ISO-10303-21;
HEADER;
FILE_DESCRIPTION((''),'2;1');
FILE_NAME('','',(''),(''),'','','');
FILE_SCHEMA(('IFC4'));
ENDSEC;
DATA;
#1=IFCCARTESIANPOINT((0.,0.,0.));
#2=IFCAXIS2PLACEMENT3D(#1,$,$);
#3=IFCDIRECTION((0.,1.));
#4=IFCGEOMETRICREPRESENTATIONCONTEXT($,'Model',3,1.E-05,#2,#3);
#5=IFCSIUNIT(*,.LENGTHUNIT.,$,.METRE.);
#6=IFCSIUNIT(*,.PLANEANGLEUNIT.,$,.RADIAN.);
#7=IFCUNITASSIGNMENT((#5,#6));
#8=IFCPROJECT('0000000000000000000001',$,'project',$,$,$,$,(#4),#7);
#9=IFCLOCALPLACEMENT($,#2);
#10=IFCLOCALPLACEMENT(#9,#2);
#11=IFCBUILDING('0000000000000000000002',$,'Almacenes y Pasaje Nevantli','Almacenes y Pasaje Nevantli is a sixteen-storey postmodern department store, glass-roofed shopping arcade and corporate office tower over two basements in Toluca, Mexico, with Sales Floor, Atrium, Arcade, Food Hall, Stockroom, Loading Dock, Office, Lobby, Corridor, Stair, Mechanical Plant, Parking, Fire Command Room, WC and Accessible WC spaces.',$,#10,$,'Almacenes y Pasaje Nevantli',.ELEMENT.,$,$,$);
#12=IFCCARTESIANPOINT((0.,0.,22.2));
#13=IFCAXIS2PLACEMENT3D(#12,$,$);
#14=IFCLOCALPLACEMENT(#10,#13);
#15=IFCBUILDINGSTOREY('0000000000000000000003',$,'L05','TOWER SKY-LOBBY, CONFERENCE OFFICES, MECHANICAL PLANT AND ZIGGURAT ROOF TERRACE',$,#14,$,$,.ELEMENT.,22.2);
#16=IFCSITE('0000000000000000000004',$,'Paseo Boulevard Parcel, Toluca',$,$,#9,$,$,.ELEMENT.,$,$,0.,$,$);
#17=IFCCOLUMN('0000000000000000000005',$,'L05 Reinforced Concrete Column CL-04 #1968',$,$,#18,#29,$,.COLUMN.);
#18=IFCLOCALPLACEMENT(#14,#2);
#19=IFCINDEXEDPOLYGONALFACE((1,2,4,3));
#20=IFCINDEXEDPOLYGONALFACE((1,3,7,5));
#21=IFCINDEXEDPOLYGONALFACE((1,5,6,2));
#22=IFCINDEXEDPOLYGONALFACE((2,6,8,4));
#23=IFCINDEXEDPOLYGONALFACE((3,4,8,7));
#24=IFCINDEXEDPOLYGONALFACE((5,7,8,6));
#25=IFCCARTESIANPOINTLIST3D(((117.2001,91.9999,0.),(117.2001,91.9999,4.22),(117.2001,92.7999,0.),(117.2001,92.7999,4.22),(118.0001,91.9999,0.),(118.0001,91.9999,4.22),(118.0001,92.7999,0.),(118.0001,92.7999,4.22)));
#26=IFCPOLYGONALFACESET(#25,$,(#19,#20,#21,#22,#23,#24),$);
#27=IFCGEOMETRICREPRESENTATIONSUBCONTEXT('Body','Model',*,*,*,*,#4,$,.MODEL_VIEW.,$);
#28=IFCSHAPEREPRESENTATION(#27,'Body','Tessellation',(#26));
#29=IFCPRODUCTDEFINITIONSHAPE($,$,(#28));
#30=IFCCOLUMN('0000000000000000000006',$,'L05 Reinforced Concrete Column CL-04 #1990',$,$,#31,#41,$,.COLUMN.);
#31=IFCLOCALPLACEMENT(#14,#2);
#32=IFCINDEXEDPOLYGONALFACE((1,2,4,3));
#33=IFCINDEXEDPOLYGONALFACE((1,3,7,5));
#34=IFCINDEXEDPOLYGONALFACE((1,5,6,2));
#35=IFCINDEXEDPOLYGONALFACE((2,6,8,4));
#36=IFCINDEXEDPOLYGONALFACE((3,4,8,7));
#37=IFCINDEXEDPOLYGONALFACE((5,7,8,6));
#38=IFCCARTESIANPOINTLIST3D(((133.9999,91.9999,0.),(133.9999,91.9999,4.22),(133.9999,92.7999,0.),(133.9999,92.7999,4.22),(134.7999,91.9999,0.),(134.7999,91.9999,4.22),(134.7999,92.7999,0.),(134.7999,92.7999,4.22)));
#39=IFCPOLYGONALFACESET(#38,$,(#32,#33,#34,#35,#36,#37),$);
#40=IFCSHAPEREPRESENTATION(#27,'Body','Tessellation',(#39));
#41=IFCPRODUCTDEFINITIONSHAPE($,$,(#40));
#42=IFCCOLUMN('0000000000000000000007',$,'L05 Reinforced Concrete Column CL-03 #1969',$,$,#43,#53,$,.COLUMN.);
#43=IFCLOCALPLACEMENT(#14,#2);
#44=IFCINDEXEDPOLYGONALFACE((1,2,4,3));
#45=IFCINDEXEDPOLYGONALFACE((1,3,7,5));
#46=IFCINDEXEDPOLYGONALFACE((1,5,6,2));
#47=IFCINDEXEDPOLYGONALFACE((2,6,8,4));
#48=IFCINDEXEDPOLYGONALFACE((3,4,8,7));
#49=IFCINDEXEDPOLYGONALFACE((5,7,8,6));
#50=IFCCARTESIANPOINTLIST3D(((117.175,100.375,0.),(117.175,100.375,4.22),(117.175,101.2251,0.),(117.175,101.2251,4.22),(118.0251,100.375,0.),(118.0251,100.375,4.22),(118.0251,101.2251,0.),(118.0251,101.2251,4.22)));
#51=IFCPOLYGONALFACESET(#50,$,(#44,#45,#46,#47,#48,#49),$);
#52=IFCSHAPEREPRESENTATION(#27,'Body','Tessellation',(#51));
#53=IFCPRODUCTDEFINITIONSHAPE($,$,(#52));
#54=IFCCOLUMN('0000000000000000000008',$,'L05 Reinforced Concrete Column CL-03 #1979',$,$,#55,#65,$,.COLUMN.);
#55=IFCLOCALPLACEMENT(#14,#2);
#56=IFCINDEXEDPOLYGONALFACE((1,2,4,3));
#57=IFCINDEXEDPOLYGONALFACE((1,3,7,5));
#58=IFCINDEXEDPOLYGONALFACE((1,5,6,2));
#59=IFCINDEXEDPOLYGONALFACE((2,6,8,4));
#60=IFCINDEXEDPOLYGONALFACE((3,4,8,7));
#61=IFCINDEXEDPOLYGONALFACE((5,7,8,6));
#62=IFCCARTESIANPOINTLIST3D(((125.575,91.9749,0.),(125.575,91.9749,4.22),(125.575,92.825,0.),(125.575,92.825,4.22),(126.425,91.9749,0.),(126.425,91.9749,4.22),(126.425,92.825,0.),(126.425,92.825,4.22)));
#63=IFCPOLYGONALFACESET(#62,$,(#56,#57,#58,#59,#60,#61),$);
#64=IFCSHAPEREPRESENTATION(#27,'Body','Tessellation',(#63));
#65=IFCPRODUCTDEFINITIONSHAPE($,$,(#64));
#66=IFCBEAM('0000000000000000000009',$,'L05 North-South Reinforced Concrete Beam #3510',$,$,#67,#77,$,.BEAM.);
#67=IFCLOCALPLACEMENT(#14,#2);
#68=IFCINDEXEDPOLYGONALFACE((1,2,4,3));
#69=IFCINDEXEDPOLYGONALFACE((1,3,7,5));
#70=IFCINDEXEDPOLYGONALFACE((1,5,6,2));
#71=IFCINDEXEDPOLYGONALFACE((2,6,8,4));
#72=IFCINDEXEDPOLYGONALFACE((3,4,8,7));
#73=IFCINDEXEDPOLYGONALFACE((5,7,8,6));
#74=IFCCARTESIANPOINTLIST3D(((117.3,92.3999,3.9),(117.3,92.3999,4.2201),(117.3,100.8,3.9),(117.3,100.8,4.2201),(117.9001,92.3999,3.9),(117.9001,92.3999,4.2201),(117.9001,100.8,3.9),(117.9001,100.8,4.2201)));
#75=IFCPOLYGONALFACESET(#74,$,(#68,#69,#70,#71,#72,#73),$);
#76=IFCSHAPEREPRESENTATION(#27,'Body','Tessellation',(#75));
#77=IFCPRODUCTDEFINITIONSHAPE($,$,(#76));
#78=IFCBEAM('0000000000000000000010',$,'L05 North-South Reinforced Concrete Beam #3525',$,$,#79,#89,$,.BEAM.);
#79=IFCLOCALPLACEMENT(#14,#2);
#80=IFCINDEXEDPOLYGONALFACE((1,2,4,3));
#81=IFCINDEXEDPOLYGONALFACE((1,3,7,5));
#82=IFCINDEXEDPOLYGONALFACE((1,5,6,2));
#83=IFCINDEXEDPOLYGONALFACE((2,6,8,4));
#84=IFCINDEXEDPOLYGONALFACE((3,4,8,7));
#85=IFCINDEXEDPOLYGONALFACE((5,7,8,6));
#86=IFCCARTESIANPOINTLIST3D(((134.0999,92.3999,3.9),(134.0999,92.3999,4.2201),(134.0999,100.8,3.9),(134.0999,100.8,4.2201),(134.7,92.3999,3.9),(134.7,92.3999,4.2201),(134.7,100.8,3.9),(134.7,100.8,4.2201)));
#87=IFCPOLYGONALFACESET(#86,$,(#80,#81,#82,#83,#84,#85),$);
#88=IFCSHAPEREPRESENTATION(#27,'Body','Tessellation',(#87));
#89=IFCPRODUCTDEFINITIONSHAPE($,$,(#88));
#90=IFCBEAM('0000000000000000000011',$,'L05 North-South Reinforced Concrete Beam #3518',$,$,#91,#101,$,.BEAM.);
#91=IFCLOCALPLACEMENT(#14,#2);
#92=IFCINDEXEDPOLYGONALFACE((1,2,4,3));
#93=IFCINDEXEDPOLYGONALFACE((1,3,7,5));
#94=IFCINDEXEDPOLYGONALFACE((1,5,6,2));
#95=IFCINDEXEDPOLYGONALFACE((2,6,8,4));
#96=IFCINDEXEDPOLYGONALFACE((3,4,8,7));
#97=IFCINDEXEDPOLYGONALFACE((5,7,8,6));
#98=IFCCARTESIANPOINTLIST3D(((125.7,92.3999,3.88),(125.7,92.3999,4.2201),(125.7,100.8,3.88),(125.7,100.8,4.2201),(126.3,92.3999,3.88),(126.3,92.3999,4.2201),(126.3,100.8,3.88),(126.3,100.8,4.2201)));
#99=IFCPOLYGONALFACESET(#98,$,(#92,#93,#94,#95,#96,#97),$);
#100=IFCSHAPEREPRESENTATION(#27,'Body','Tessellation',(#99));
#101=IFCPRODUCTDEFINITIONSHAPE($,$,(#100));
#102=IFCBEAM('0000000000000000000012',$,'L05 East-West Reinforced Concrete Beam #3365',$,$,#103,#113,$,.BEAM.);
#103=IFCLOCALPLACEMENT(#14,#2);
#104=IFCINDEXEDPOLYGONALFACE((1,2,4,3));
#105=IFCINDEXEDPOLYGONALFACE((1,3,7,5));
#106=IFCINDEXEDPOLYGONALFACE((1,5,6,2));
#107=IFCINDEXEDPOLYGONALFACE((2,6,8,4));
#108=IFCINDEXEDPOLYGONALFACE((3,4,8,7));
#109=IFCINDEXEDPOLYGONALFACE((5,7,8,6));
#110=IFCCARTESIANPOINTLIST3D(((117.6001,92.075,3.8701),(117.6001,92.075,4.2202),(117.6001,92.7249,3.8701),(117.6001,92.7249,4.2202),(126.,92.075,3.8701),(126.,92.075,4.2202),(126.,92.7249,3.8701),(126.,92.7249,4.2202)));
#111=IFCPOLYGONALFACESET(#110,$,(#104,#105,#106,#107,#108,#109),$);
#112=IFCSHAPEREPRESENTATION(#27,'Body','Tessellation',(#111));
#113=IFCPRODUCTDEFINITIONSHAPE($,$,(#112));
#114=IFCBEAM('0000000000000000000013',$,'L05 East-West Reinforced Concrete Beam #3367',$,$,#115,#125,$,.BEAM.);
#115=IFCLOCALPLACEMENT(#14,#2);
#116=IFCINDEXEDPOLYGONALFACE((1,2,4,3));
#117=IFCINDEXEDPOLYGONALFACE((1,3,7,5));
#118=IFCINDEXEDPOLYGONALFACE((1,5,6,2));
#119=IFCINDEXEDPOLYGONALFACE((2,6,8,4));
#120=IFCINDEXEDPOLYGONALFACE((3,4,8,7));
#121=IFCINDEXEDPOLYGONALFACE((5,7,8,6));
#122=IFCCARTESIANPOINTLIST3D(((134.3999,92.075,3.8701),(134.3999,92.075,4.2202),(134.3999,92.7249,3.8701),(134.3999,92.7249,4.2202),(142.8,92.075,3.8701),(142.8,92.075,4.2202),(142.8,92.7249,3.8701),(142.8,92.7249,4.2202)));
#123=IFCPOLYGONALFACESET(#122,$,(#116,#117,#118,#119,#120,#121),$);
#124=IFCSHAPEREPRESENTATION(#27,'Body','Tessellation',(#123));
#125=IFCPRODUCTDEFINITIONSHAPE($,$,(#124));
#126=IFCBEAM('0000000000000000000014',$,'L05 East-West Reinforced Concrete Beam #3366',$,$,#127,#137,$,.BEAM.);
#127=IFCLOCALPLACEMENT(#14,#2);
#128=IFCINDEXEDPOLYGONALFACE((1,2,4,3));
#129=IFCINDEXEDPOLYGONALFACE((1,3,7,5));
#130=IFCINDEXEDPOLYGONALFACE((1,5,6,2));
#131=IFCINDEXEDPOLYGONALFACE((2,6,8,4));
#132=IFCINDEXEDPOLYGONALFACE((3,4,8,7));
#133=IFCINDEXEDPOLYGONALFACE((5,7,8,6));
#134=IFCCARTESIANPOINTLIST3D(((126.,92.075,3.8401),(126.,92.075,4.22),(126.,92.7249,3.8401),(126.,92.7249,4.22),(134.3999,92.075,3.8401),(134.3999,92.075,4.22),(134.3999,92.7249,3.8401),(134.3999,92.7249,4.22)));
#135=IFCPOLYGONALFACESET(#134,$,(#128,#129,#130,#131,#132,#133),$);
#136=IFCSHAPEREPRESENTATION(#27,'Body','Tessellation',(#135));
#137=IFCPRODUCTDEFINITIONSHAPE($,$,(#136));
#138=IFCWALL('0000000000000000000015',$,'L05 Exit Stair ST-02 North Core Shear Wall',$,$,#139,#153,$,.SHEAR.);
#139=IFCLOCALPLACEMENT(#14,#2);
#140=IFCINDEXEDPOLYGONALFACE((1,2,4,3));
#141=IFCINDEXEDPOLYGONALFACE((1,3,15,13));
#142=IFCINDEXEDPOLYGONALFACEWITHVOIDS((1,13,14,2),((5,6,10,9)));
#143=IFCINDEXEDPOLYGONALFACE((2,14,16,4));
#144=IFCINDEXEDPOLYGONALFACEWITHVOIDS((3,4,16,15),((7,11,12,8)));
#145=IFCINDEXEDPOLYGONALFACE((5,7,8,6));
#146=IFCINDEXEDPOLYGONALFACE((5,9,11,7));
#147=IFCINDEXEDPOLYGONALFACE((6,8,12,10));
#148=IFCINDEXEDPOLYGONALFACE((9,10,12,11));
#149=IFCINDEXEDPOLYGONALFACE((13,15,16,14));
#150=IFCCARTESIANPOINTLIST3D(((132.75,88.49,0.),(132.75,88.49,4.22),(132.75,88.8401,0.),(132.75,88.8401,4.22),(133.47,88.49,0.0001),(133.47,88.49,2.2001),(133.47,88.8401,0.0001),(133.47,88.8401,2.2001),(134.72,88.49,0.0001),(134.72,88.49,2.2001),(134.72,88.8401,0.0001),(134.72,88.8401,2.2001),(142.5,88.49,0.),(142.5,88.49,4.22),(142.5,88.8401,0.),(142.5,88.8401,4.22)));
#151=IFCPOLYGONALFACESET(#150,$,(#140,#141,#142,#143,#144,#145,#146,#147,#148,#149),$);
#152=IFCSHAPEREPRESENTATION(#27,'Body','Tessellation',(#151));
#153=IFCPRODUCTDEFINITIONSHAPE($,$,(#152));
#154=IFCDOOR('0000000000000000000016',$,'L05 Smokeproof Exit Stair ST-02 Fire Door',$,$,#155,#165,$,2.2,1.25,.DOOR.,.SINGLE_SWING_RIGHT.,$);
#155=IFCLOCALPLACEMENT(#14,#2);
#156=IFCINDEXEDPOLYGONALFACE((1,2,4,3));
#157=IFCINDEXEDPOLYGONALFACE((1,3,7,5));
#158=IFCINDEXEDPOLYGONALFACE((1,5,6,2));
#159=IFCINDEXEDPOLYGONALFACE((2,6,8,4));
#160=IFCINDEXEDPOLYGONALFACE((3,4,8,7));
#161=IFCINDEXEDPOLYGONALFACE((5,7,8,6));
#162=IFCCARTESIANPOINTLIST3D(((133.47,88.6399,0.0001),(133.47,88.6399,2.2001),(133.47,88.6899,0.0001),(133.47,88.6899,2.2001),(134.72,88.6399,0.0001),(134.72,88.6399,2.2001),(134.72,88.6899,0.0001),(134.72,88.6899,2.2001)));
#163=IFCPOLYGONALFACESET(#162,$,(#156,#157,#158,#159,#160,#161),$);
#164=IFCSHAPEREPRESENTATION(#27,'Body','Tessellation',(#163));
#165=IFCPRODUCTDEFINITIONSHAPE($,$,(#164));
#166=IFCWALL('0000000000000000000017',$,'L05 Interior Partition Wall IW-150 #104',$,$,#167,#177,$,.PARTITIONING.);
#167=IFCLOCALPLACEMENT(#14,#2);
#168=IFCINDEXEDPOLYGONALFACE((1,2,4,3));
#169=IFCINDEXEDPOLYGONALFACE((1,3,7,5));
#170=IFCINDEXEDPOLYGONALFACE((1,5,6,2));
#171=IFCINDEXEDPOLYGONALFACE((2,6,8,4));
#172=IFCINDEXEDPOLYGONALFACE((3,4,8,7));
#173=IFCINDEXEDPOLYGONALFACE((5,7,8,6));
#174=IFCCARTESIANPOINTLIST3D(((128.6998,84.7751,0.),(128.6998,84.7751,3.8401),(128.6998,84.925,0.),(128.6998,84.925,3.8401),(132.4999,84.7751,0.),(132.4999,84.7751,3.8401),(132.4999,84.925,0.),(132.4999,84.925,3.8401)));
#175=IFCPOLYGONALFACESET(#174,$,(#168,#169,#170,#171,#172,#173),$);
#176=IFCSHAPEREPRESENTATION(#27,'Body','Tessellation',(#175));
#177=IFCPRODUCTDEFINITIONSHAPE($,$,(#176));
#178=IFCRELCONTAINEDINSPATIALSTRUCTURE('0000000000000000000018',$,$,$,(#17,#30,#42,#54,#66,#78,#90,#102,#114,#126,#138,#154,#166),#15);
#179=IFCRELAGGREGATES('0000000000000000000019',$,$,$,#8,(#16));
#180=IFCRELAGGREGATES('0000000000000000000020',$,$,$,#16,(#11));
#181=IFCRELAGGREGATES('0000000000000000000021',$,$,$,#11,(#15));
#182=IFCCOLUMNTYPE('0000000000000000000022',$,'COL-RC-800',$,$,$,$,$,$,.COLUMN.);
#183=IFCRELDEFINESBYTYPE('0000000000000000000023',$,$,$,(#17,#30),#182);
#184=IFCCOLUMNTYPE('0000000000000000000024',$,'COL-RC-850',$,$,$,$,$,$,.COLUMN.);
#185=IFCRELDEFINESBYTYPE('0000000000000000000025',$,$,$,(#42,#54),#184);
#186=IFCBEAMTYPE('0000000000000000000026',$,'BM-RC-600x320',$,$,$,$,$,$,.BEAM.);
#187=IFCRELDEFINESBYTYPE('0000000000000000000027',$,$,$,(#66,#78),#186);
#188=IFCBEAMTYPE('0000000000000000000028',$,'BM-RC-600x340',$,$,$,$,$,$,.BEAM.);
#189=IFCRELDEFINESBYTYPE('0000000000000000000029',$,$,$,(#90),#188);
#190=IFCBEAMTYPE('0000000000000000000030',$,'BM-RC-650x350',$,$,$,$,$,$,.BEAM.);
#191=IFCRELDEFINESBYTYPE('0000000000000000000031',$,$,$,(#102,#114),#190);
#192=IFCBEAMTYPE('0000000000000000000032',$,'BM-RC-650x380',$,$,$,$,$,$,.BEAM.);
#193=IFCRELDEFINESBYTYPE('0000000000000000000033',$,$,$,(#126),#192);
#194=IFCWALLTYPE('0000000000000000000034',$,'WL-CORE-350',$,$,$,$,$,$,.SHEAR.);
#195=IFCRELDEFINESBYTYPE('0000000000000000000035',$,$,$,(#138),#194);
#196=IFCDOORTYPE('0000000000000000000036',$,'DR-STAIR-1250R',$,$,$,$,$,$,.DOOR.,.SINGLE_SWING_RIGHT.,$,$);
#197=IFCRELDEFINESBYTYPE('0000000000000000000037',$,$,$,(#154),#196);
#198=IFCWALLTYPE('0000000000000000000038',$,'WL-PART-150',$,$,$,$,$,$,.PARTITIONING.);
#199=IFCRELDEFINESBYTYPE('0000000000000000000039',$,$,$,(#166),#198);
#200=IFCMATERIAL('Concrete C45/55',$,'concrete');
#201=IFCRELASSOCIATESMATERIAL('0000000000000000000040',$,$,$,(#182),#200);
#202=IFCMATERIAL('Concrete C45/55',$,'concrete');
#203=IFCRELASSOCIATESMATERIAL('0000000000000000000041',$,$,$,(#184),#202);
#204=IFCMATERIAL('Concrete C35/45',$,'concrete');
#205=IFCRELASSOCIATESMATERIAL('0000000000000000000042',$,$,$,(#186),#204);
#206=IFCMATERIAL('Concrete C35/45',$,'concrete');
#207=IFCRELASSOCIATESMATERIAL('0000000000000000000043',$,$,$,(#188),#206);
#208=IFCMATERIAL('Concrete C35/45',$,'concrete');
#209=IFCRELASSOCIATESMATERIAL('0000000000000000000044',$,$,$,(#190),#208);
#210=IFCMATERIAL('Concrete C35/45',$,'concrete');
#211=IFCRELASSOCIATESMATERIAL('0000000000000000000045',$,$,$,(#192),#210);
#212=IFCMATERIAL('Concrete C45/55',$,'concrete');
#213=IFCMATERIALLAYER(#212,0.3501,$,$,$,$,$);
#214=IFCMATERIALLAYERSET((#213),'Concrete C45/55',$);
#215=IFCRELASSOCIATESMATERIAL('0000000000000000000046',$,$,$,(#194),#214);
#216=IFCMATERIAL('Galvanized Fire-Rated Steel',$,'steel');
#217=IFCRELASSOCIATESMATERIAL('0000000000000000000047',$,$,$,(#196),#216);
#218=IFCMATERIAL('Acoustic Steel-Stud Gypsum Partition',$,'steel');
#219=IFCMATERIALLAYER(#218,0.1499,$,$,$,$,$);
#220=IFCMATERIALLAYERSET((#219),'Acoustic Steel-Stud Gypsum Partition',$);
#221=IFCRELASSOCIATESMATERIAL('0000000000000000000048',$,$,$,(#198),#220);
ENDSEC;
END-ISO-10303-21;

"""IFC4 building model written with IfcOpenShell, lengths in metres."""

from ifc_helpers import new_model, si_unit, direction, frame, frame_2d, origin, origin_2d, place, context, subcontext, project, spatial, rectangle, extrude, material, layer, layer_set, material_profile, profile_set, type_object, element, fill, save


model = new_model("IFC4")

# Units and contexts
model_context = context("Model", 3, precision=1e-05, world=origin(), true_north=direction((0.0, 1.0)))
body_context = subcontext(model_context, "Body", "Model", "MODEL_VIEW")
ifc_project = project(units=[si_unit("LENGTHUNIT", "METRE"), si_unit("PLANEANGLEUNIT", "RADIAN")], contexts=[model_context])

# Site, building, storey
site_placement = place(None, origin())
site = spatial("IfcSite", under=ifc_project, at=site_placement, Name="Paseo Boulevard Parcel, Toluca", CompositionType="ELEMENT", RefElevation=0.0)
building_placement = place(site_placement, origin())
building = spatial("IfcBuilding", under=site, at=building_placement, Name="Almacenes y Pasaje Nevantli", Description="Almacenes y Pasaje Nevantli is a sixteen-storey postmodern department store, glass-roofed shopping arcade and corporate office tower over two basements in Toluca, Mexico, with Sales Floor, Atrium, Arcade, Food Hall, Stockroom, Loading Dock, Office, Lobby, Corridor, Stair, Mechanical Plant, Parking, Fire Command Room, WC and Accessible WC spaces.", LongName="Almacenes y Pasaje Nevantli", CompositionType="ELEMENT")
storey_placement = place(building_placement, frame((0.0, 0.0, 22.2)))
storey = spatial("IfcBuildingStorey", under=building, at=storey_placement, Name="L05", Description="TOWER SKY-LOBBY, CONFERENCE OFFICES, MECHANICAL PLANT AND ZIGGURAT ROOF TERRACE", CompositionType="ELEMENT", Elevation=22.2)

# Columns
ifc_material_1 = material(Name="Concrete C45/55", Category="concrete")
ifc_material_profile_1 = material_profile(ifc_material_1, rectangle(XDim=0.8, YDim=0.8, at=origin_2d()), Name="RC-COL-800x800")
ifc_profile_set_1 = profile_set([ifc_material_profile_1], Name="Concrete C45/55")
column_type_1 = type_object("IfcColumnType", Name="COL-RC-800", PredefinedType="COLUMN", material=ifc_profile_set_1)
for number, where, z_axis, x_axis, name in (
    (1, (117.6001, 92.3999, 0.0), (0.0, 0.0, 1.0), (1.0, 0.0, 0.0), "L05 Reinforced Concrete Column CL-04 #1968"),
    (2, (134.3999, 92.3999, 0.0), (0.0, 0.0, 1.0), (1.0, 0.0, 0.0), "L05 Reinforced Concrete Column CL-04 #1990"),
):
    element("IfcColumn", number, at=place(storey_placement, frame(where, z_axis=z_axis, x_axis=x_axis)), inside=storey, type_object=column_type_1, Name=name, PredefinedType="COLUMN", context=body_context, shape_type="SweptSolid", body=[
        extrude(rectangle(XDim=0.8, YDim=0.8, at=origin_2d()), origin(), (0.0, 0.0, 1.0), 4.22),
    ])
ifc_material_2 = material(Name="Concrete C45/55", Category="concrete")
ifc_material_profile_2 = material_profile(ifc_material_2, rectangle(XDim=0.8501, YDim=0.8501, at=origin_2d()), Name="RC-COL-850x850")
ifc_profile_set_2 = profile_set([ifc_material_profile_2], Name="Concrete C45/55")
column_type_2 = type_object("IfcColumnType", Name="COL-RC-850", PredefinedType="COLUMN", material=ifc_profile_set_2)
for number, where, z_axis, x_axis, name in (
    (3, (117.6001, 100.8, 0.0), (0.0, 0.0, 1.0), (1.0, 0.0, 0.0), "L05 Reinforced Concrete Column CL-03 #1969"),
    (4, (126.0, 92.3999, 0.0), (0.0, 0.0, 1.0), (1.0, 0.0, 0.0), "L05 Reinforced Concrete Column CL-03 #1979"),
):
    element("IfcColumn", number, at=place(storey_placement, frame(where, z_axis=z_axis, x_axis=x_axis)), inside=storey, type_object=column_type_2, Name=name, PredefinedType="COLUMN", context=body_context, shape_type="SweptSolid", body=[
        extrude(rectangle(XDim=0.8501, YDim=0.8501, at=origin_2d()), origin(), (0.0, 0.0, 1.0), 4.22),
    ])

# Beams
ifc_material_3 = material(Name="Concrete C35/45", Category="concrete")
ifc_material_profile_3 = material_profile(ifc_material_3, rectangle(XDim=0.6001, YDim=0.3201, at=origin_2d()), Name="RC-BM-600x320")
ifc_profile_set_3 = profile_set([ifc_material_profile_3], Name="Concrete C35/45")
beam_type_1 = type_object("IfcBeamType", Name="BM-RC-600x320", PredefinedType="BEAM", material=ifc_profile_set_3)
for number, where, z_axis, x_axis, name in (
    (5, (117.6001, 92.3999, 4.0601), (0.0, 1.0, 0.0), (-1.0, 0.0, 0.0), "L05 North-South Reinforced Concrete Beam #3510"),
    (6, (134.3999, 92.3999, 4.0601), (0.0, 1.0, 0.0), (-1.0, 0.0, 0.0), "L05 North-South Reinforced Concrete Beam #3525"),
):
    element("IfcBeam", number, at=place(storey_placement, frame(where, z_axis=z_axis, x_axis=x_axis)), inside=storey, type_object=beam_type_1, Name=name, PredefinedType="BEAM", context=body_context, shape_type="SweptSolid", body=[
        extrude(rectangle(XDim=0.6001, YDim=0.3201, at=origin_2d()), origin(), (0.0, 0.0, 1.0), 8.4001),
    ])
ifc_material_4 = material(Name="Concrete C35/45", Category="concrete")
ifc_material_profile_4 = material_profile(ifc_material_4, rectangle(XDim=0.6001, YDim=0.3401, at=origin_2d()), Name="RC-BM-600x340")
ifc_profile_set_4 = profile_set([ifc_material_profile_4], Name="Concrete C35/45")
beam_type_2 = type_object("IfcBeamType", Name="BM-RC-600x340", PredefinedType="BEAM", material=ifc_profile_set_4)
beam_1_placement = place(storey_placement, frame((126.0, 92.3999, 4.05), z_axis=(0.0, 1.0, 0.0), x_axis=(-1.0, 0.0, 0.0)))
element("IfcBeam", 7, at=beam_1_placement, inside=storey, type_object=beam_type_2, Name="L05 North-South Reinforced Concrete Beam #3518", PredefinedType="BEAM", context=body_context, shape_type="SweptSolid", body=[
    extrude(rectangle(XDim=0.6001, YDim=0.3401, at=origin_2d()), origin(), (0.0, 0.0, 1.0), 8.4001),
])
ifc_material_5 = material(Name="Concrete C35/45", Category="concrete")
ifc_material_profile_5 = material_profile(ifc_material_5, rectangle(XDim=0.6499, YDim=0.3501, at=origin_2d()), Name="RC-BM-650x350")
ifc_profile_set_5 = profile_set([ifc_material_profile_5], Name="Concrete C35/45")
beam_type_3 = type_object("IfcBeamType", Name="BM-RC-650x350", PredefinedType="BEAM", material=ifc_profile_set_5)
beam_2_placement = place(storey_placement, frame((117.6001, 92.3999, 4.0452), z_axis=(1.0, 0.0, 0.0), x_axis=(0.0, 1.0, 0.0)))
element("IfcBeam", 8, at=beam_2_placement, inside=storey, type_object=beam_type_3, Name="L05 East-West Reinforced Concrete Beam #3365", PredefinedType="BEAM", context=body_context, shape_type="SweptSolid", body=[
    extrude(rectangle(XDim=0.6499, YDim=0.3501, at=origin_2d()), origin(), (0.0, 0.0, 1.0), 8.3999),
])
beam_3_placement = place(storey_placement, frame((134.3999, 92.3999, 4.0452), z_axis=(1.0, 0.0, 0.0), x_axis=(0.0, 1.0, 0.0)))
element("IfcBeam", 9, at=beam_3_placement, inside=storey, type_object=beam_type_3, Name="L05 East-West Reinforced Concrete Beam #3367", PredefinedType="BEAM", context=body_context, shape_type="SweptSolid", body=[
    extrude(rectangle(XDim=0.6499, YDim=0.3501, at=origin_2d()), origin(), (0.0, 0.0, 1.0), 8.4001),
])
ifc_material_6 = material(Name="Concrete C35/45", Category="concrete")
ifc_material_profile_6 = material_profile(ifc_material_6, rectangle(XDim=0.6499, YDim=0.3799, at=origin_2d()), Name="RC-BM-650x380")
ifc_profile_set_6 = profile_set([ifc_material_profile_6], Name="Concrete C35/45")
beam_type_4 = type_object("IfcBeamType", Name="BM-RC-650x380", PredefinedType="BEAM", material=ifc_profile_set_6)
beam_4_placement = place(storey_placement, frame((126.0, 92.3999, 4.03), z_axis=(1.0, 0.0, 0.0), x_axis=(0.0, 1.0, 0.0)))
element("IfcBeam", 10, at=beam_4_placement, inside=storey, type_object=beam_type_4, Name="L05 East-West Reinforced Concrete Beam #3366", PredefinedType="BEAM", context=body_context, shape_type="SweptSolid", body=[
    extrude(rectangle(XDim=0.6499, YDim=0.3799, at=origin_2d()), origin(), (0.0, 0.0, 1.0), 8.3999),
])

# Wall, opening, door
ifc_material_7 = material(Name="Concrete C45/55", Category="concrete")
ifc_layer_1 = layer(ifc_material_7, 0.3501)
ifc_layer_set_1 = layer_set([ifc_layer_1], Name="Concrete C45/55")
wall_type_1 = type_object("IfcWallType", Name="WL-CORE-350", PredefinedType="SHEAR", material=ifc_layer_set_1)
wall_1_placement = place(storey_placement, frame((132.75, 88.665, 0.0), z_axis=(0.0, 0.0, 1.0), x_axis=(1.0, 0.0, 0.0)))
wall_1 = element("IfcWall", 11, at=wall_1_placement, inside=storey, type_object=wall_type_1, Name="L05 Exit Stair ST-02 North Core Shear Wall", PredefinedType="SHEAR", context=body_context, shape_type="SweptSolid", body=[
    extrude(rectangle(XDim=9.75, YDim=0.3501, at=frame_2d((4.875, 0.0))), origin(), (0.0, 0.0, 1.0), 4.22),
])
opening_1_placement = place(wall_1_placement, frame((0.72, 0.0, 0.0)))
opening_1 = element("IfcOpeningElement", 12, at=opening_1_placement, cuts=wall_1, PredefinedType="OPENING", context=body_context, shape_type="SweptSolid", body=[
    extrude(rectangle(XDim=1.25, YDim=2.2, at=frame_2d((0.625, 1.1001))), frame((0.0, 0.1851, 0.0), z_axis=(0.0, -1.0, 0.0), x_axis=(1.0, 0.0, 0.0)), (0.0, 0.0, 1.0), 0.3701),
])
ifc_material_8 = material(Name="Galvanized Fire-Rated Steel", Category="steel")
door_type_1 = type_object("IfcDoorType", Name="DR-STAIR-1250R", OperationType="SINGLE_SWING_RIGHT", PredefinedType="DOOR", material=ifc_material_8)
door_1_placement = place(opening_1_placement, origin())
door_1 = element("IfcDoor", 13, at=door_1_placement, inside=storey, type_object=door_type_1, Name="L05 Smokeproof Exit Stair ST-02 Fire Door", OperationType="SINGLE_SWING_RIGHT", OverallHeight=2.2, OverallWidth=1.25, PredefinedType="DOOR", context=body_context, shape_type="SweptSolid", body=[
    extrude(rectangle(XDim=1.25, YDim=2.2, at=frame_2d((0.625, 1.1001))), frame((0.0, 0.0249, 0.0), z_axis=(0.0, -1.0, 0.0), x_axis=(1.0, 0.0, 0.0)), (0.0, 0.0, 1.0), 0.05),
])
fill(opening_1, door_1)
ifc_material_9 = material(Name="Acoustic Steel-Stud Gypsum Partition", Category="steel")
ifc_layer_2 = layer(ifc_material_9, 0.1499)
ifc_layer_set_2 = layer_set([ifc_layer_2], Name="Acoustic Steel-Stud Gypsum Partition")
wall_type_2 = type_object("IfcWallType", Name="WL-PART-150", PredefinedType="PARTITIONING", material=ifc_layer_set_2)

# Wall
wall_2_placement = place(storey_placement, frame((128.7, 84.8501, 0.0), z_axis=(0.0, 0.0, 1.0), x_axis=(1.0, 0.0, 0.0)))
element("IfcWall", 14, at=wall_2_placement, inside=storey, type_object=wall_type_2, Name="L05 Interior Partition Wall IW-150 #104", PredefinedType="PARTITIONING", context=body_context, shape_type="SweptSolid", body=[
    extrude(rectangle(XDim=3.8, YDim=0.1499, at=frame_2d((1.8999, 0.0))), origin(), (0.0, 0.0, 1.0), 3.8401),
])

save(model, "model.ifc")
